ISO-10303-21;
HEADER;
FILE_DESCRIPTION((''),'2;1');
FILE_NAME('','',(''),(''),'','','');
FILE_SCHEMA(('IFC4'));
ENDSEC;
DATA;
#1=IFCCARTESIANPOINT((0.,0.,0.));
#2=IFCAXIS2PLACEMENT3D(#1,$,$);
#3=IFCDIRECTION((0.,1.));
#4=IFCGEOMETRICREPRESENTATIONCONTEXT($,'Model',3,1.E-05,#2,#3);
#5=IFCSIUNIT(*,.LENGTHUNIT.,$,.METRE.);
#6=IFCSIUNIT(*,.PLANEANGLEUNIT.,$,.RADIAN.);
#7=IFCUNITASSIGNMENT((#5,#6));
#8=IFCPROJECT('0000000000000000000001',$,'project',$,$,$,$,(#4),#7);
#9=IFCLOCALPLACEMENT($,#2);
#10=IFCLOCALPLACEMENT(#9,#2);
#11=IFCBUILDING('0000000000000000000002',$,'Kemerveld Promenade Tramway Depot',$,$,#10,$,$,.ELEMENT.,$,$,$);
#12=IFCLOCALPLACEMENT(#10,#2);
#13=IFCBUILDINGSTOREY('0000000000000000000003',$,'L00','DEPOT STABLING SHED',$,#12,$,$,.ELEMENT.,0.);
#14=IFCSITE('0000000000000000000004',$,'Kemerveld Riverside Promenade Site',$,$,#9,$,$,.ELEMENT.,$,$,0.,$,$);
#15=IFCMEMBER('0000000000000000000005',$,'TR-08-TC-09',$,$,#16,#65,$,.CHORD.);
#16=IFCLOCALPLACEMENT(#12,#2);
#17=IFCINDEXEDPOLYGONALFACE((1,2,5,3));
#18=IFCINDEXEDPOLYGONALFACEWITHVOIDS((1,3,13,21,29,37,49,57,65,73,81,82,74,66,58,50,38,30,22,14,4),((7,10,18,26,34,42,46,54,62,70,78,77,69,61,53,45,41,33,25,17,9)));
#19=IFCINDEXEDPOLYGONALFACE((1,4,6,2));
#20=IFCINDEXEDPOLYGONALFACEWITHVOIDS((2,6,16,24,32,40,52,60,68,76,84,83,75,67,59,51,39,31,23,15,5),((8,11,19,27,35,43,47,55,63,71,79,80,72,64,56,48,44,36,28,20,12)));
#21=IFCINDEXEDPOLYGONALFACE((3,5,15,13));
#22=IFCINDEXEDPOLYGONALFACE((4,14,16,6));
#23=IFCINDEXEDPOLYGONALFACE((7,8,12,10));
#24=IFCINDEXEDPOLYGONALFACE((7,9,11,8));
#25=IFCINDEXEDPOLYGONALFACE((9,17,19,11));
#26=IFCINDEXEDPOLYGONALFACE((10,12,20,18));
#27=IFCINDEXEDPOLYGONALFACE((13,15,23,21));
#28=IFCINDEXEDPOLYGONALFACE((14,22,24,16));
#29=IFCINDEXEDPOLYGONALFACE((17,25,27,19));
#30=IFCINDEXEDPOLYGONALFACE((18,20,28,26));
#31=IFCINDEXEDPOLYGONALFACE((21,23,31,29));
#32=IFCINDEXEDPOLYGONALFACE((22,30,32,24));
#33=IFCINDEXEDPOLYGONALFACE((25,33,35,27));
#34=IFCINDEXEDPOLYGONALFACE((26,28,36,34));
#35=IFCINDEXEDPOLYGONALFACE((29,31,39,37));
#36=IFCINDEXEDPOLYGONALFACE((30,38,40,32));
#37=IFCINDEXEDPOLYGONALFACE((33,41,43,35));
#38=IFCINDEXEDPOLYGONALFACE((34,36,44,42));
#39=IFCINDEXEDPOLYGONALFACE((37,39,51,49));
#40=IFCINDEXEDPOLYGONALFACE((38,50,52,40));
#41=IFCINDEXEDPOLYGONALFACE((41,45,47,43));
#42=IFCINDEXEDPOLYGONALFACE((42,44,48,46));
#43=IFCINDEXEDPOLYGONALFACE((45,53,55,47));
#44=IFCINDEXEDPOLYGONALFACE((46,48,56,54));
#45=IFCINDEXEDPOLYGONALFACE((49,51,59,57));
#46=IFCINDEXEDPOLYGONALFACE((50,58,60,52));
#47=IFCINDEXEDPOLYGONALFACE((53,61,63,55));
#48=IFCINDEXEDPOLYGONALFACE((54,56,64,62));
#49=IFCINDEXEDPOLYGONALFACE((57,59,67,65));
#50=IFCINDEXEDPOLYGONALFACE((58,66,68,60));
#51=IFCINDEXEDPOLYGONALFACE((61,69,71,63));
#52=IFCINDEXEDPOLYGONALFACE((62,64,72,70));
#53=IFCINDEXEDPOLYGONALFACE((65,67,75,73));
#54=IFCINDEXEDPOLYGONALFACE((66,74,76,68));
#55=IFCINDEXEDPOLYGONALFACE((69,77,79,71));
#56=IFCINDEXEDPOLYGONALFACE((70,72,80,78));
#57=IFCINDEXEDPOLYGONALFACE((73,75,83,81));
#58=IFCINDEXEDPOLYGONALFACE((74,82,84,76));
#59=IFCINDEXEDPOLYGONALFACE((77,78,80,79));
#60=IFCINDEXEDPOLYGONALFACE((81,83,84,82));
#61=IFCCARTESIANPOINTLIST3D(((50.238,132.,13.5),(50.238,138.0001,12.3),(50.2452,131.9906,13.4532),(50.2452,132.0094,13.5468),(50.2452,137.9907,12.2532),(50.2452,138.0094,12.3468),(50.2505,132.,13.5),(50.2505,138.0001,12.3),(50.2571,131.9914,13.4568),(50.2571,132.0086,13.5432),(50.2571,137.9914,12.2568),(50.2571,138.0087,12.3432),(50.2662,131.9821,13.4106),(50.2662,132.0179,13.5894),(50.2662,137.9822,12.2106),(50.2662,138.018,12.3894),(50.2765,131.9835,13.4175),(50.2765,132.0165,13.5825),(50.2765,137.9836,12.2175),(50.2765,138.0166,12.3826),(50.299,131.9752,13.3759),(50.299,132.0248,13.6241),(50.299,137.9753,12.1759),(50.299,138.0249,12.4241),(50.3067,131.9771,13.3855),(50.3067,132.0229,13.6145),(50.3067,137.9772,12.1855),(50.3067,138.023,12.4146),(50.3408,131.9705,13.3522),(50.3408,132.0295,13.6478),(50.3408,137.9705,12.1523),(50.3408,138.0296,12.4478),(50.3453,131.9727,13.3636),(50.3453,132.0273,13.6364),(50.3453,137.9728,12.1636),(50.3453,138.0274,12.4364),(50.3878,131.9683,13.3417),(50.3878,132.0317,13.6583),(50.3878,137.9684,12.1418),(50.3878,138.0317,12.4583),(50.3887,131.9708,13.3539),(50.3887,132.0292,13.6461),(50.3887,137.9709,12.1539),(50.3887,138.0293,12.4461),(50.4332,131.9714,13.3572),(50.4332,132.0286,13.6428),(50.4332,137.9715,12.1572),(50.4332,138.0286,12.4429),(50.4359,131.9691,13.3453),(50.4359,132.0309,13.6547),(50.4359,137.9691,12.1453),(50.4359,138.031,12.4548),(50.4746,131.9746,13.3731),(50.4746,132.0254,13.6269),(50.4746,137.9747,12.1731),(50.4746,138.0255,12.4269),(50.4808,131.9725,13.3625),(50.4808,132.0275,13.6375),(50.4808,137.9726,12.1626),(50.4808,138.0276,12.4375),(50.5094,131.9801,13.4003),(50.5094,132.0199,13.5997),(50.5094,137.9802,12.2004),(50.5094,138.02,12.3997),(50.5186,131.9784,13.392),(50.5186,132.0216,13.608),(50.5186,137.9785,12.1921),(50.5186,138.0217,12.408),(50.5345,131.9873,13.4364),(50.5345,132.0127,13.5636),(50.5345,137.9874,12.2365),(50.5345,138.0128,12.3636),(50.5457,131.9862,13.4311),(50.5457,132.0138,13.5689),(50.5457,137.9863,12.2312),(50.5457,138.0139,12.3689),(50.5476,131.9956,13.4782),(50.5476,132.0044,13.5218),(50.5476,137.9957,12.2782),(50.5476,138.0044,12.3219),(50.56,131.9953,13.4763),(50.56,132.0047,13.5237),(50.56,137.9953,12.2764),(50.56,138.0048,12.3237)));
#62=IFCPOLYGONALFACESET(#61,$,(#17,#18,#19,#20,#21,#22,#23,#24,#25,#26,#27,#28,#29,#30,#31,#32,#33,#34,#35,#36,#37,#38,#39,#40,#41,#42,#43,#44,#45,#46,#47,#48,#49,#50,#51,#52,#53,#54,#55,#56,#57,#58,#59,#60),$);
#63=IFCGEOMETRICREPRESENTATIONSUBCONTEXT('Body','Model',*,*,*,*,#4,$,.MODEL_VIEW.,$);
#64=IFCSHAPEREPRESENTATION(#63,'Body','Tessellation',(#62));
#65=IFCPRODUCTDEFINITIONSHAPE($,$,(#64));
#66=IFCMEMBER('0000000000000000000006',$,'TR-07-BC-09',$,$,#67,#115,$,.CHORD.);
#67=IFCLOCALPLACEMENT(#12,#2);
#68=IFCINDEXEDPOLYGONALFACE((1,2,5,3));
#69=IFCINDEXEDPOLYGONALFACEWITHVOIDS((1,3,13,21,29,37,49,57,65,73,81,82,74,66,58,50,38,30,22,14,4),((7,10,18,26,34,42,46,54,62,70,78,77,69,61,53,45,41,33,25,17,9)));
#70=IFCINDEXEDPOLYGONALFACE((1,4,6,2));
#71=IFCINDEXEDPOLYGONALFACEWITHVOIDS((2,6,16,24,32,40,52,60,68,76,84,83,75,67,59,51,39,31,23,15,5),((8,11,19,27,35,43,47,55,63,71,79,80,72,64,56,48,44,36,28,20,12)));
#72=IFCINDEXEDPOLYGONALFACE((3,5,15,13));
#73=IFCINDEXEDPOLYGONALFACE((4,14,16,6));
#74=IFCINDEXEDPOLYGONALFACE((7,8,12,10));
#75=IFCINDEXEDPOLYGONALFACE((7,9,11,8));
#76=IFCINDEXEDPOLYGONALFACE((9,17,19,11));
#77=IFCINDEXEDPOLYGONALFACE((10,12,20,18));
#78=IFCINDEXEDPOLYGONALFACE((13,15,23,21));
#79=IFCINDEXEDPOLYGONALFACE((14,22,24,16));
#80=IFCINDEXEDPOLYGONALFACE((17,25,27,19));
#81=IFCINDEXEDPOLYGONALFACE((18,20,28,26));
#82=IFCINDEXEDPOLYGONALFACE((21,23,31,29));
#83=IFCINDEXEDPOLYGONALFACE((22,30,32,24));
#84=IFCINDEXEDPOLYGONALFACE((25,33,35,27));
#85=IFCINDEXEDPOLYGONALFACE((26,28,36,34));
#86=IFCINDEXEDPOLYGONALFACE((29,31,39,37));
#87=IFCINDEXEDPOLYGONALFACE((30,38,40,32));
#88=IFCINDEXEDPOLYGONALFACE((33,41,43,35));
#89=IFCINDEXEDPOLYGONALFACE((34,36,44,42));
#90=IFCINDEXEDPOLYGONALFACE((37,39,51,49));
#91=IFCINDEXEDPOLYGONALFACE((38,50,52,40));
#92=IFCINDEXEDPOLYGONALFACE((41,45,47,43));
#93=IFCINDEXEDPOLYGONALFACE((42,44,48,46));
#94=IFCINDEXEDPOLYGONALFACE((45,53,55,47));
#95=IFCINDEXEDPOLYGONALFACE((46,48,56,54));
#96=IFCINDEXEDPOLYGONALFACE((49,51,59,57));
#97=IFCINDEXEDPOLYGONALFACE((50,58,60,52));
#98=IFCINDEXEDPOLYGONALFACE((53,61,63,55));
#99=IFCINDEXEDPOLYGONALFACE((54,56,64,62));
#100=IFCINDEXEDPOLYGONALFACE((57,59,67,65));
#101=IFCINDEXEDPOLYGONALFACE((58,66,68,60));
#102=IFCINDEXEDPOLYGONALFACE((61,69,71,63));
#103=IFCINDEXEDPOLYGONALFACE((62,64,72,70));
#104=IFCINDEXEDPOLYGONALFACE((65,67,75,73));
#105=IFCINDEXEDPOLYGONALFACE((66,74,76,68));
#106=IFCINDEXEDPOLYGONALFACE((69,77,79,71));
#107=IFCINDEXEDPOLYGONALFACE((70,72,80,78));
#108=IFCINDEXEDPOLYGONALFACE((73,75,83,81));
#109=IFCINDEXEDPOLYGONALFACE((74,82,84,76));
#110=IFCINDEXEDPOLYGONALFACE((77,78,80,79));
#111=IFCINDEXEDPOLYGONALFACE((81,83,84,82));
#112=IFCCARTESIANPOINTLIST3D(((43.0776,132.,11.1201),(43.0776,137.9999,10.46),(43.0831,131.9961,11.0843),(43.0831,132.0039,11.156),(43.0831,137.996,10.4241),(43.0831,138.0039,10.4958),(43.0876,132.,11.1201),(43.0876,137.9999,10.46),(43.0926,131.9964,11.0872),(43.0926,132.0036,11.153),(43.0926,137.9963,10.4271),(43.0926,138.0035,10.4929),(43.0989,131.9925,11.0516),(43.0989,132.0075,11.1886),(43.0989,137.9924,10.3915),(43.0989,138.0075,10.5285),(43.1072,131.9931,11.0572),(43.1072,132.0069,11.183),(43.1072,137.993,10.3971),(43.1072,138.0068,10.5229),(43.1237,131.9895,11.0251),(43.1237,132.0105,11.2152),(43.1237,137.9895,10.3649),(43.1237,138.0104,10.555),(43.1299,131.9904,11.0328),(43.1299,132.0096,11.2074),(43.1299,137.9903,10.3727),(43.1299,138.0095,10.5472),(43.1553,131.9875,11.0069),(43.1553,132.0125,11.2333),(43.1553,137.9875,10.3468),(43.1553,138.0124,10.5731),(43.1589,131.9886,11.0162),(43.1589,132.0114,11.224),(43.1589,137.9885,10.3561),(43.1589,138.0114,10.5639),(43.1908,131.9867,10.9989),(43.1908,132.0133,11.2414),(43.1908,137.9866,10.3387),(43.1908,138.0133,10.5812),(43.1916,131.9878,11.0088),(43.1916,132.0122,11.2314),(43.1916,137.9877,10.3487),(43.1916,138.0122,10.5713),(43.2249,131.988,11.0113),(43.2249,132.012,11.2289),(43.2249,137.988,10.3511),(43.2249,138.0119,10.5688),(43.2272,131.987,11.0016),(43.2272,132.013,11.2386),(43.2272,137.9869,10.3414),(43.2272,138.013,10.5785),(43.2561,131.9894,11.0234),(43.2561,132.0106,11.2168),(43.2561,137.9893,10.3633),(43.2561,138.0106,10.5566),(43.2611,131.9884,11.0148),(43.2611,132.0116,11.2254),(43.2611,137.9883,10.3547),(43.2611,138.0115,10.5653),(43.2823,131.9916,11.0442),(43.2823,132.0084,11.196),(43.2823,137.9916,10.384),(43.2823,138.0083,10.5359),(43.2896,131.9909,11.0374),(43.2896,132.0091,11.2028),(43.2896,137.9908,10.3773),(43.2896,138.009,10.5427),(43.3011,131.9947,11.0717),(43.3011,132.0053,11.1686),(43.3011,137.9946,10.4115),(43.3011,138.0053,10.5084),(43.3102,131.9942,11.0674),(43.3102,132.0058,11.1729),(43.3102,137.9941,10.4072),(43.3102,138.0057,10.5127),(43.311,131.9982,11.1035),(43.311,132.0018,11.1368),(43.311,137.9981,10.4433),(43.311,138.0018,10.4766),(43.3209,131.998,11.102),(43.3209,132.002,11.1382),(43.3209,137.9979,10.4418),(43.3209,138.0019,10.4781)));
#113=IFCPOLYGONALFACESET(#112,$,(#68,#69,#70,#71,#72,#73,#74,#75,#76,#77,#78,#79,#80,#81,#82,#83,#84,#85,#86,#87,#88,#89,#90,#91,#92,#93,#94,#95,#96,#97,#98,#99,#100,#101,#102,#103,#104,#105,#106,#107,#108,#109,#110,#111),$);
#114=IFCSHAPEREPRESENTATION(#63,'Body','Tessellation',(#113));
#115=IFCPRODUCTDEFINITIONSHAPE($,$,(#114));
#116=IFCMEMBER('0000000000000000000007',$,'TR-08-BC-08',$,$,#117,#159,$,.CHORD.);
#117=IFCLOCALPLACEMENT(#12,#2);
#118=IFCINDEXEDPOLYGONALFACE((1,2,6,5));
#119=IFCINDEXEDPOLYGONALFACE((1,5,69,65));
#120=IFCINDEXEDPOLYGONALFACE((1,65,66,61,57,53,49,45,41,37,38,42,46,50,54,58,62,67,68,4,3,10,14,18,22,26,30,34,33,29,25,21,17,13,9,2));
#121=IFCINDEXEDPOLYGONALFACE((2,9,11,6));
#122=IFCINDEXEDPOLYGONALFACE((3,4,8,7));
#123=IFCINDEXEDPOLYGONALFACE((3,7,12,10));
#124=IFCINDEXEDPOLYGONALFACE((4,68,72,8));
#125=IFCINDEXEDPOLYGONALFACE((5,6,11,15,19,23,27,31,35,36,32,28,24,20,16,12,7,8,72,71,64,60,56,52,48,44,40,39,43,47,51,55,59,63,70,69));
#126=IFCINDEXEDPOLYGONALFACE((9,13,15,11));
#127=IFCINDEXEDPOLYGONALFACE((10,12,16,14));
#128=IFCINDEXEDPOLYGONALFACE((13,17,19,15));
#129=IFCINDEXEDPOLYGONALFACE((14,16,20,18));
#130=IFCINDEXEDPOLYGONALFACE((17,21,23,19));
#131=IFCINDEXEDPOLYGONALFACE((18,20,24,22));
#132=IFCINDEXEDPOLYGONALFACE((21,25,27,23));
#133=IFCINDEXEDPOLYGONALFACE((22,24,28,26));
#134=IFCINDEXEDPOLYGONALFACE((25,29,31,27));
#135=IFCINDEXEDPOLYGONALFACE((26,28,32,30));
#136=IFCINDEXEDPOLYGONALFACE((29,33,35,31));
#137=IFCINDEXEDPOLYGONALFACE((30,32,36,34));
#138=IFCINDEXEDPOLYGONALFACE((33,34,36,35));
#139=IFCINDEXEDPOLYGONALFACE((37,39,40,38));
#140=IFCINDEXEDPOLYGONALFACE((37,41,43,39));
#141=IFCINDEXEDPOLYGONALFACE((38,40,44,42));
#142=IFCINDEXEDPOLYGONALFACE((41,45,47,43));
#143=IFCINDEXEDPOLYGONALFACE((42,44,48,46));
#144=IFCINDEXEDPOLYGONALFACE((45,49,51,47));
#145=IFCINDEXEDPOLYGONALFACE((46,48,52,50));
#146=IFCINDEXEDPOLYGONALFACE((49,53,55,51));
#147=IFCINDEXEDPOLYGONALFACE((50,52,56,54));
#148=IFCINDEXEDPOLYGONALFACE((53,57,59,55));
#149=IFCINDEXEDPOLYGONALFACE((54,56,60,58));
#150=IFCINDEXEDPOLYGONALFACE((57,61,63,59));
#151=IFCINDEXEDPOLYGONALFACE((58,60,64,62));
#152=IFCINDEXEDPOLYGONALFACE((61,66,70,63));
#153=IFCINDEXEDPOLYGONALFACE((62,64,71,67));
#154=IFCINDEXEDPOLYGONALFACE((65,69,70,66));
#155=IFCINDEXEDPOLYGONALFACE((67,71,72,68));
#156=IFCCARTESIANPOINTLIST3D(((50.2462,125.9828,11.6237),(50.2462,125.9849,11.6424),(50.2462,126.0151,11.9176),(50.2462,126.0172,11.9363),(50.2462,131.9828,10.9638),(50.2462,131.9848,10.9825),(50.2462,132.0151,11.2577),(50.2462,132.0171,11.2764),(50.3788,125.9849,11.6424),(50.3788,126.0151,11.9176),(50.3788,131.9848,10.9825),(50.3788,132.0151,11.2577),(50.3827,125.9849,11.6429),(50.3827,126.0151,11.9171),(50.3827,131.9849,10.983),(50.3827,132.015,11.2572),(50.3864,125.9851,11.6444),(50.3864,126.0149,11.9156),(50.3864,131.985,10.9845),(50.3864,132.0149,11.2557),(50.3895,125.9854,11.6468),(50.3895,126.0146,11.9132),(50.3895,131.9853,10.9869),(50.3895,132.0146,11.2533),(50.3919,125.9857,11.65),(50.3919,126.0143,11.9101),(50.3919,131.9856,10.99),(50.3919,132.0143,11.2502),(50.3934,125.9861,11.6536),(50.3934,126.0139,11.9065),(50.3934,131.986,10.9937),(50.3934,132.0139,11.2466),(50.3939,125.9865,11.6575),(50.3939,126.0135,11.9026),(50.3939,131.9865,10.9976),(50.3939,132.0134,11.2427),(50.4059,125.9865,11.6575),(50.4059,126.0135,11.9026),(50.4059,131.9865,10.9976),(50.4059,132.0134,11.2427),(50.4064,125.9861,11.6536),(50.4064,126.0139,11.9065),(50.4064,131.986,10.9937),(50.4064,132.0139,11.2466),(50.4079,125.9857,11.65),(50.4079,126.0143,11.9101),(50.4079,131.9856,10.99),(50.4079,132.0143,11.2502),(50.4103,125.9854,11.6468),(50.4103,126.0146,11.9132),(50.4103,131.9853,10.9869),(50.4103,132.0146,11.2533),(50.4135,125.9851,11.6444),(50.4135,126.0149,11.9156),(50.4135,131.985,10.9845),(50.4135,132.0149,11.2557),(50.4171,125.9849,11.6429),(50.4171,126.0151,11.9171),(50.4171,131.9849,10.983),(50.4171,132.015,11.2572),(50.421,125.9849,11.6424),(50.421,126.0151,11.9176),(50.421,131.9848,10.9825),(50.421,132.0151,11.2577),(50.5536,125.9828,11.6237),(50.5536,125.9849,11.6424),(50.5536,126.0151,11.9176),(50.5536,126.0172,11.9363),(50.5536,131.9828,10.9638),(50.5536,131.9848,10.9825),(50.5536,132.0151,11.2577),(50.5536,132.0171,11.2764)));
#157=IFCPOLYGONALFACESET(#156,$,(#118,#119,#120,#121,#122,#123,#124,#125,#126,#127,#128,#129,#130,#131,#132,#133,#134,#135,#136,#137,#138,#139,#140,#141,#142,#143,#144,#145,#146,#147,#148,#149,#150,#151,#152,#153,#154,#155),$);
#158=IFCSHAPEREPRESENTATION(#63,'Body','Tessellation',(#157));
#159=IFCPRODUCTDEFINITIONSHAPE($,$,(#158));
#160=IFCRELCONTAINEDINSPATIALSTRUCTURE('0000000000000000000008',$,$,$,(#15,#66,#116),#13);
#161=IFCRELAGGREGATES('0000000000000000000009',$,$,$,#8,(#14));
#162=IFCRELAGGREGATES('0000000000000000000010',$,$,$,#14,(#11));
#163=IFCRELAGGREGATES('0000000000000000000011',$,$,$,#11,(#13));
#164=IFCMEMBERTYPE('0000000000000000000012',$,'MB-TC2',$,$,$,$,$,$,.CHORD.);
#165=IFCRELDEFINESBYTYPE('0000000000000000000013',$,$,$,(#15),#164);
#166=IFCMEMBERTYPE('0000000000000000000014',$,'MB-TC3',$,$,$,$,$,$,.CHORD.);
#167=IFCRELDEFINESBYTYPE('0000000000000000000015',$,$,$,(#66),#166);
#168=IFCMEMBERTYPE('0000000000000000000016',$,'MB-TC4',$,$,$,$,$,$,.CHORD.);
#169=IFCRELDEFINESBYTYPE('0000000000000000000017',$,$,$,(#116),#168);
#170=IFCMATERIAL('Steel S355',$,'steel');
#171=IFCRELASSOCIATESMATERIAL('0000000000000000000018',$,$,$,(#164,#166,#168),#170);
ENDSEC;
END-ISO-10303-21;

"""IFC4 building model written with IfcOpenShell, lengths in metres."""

from ifc_helpers import new_model, si_unit, direction, frame, origin, origin_2d, place, context, subcontext, project, spatial, hollow_circle, i_section, extrude, material, material_profile, profile_set, type_object, element, save


model = new_model("IFC4")

# Units and contexts
model_context = context("Model", 3, precision=1e-05, world=origin(), true_north=direction((0.0, 1.0)))
body_context = subcontext(model_context, "Body", "Model", "MODEL_VIEW")
ifc_project = project(units=[si_unit("LENGTHUNIT", "METRE"), si_unit("PLANEANGLEUNIT", "RADIAN")], contexts=[model_context])

# Site, building, storey
site_placement = place(None, origin())
site = spatial("IfcSite", under=ifc_project, at=site_placement, Name="Kemerveld Riverside Promenade Site", CompositionType="ELEMENT", RefElevation=0.0)
building_placement = place(site_placement, origin())
building = spatial("IfcBuilding", under=site, at=building_placement, Name="Kemerveld Promenade Tramway Depot", CompositionType="ELEMENT")
storey_placement = place(building_placement, origin())
storey = spatial("IfcBuildingStorey", under=building, at=storey_placement, Name="L00", Description="DEPOT STABLING SHED", CompositionType="ELEMENT", Elevation=0.0)

# Shared definitions
ifc_material_1 = material(Name="Steel S355", Category="steel")

# Members
ifc_material_profile_1 = material_profile(ifc_material_1, hollow_circle(Radius=0.1619, WallThickness=0.0125, at=origin_2d()), Name="323.9x12.5 CHS")
ifc_profile_set_1 = profile_set([ifc_material_profile_1], Name="Steel S355")
member_type_1 = type_object("IfcMemberType", Name="MB-TC2", PredefinedType="CHORD", material=ifc_profile_set_1)
for number, where, z_axis, x_axis, name in (
    (1, (50.3999, 132.0, 13.5), (0.0, 0.980582, -0.196108), (-1.0, 0.0, 0.0), "TR-08-TC-09"),
):
    element("IfcMember", number, at=place(storey_placement, frame(where, z_axis=z_axis, x_axis=x_axis)), inside=storey, type_object=member_type_1, Name=name, PredefinedType="CHORD", context=body_context, shape_type="SweptSolid", body=[
        extrude(hollow_circle(Radius=0.1619, WallThickness=0.0125, at=origin_2d()), origin(), (0.0, 0.0, 1.0), 6.1189),
    ])
ifc_material_profile_2 = material_profile(ifc_material_1, hollow_circle(Radius=0.1223, WallThickness=0.01, at=origin_2d()), Name="244.5x10.0 CHS")
ifc_profile_set_2 = profile_set([ifc_material_profile_2], Name="Steel S355")
member_type_2 = type_object("IfcMemberType", Name="MB-TC3", PredefinedType="CHORD", material=ifc_profile_set_2)
member_1_placement = place(storey_placement, frame((43.2, 132.0, 11.1201), z_axis=(0.0, 0.994002, -0.109366), x_axis=(-1.0, 0.0, 0.0)))
element("IfcMember", 2, at=member_1_placement, inside=storey, type_object=member_type_2, Name="TR-07-BC-09", PredefinedType="CHORD", context=body_context, shape_type="SweptSolid", body=[
    extrude(hollow_circle(Radius=0.1223, WallThickness=0.01, at=origin_2d()), origin(), (0.0, 0.0, 1.0), 6.0361),
])
ifc_material_profile_3 = material_profile(ifc_material_1, i_section(OverallWidth=0.3074, OverallDepth=0.3145, WebThickness=0.012, FlangeThickness=0.0188, FilletRadius=0.0151, at=origin_2d()), Name="305x305x118 UC")
ifc_profile_set_3 = profile_set([ifc_material_profile_3], Name="Steel S355")
member_type_3 = type_object("IfcMemberType", Name="MB-TC4", PredefinedType="CHORD", material=ifc_profile_set_3)
for number, where, z_axis, x_axis, name in (
    (3, (50.3999, 126.0, 11.78), (0.0, 0.994006, -0.109326), (-1.0, 0.0, 0.0), "TR-08-BC-08"),
):
    element("IfcMember", number, at=place(storey_placement, frame(where, z_axis=z_axis, x_axis=x_axis)), inside=storey, type_object=member_type_3, Name=name, PredefinedType="CHORD", context=body_context, shape_type="SweptSolid", body=[
        extrude(i_section(OverallWidth=0.3074, OverallDepth=0.3145, WebThickness=0.012, FlangeThickness=0.0188, FilletRadius=0.0151, at=origin_2d()), origin(), (0.0, 0.0, 1.0), 6.0361),
    ])

save(model, "model.ifc")
